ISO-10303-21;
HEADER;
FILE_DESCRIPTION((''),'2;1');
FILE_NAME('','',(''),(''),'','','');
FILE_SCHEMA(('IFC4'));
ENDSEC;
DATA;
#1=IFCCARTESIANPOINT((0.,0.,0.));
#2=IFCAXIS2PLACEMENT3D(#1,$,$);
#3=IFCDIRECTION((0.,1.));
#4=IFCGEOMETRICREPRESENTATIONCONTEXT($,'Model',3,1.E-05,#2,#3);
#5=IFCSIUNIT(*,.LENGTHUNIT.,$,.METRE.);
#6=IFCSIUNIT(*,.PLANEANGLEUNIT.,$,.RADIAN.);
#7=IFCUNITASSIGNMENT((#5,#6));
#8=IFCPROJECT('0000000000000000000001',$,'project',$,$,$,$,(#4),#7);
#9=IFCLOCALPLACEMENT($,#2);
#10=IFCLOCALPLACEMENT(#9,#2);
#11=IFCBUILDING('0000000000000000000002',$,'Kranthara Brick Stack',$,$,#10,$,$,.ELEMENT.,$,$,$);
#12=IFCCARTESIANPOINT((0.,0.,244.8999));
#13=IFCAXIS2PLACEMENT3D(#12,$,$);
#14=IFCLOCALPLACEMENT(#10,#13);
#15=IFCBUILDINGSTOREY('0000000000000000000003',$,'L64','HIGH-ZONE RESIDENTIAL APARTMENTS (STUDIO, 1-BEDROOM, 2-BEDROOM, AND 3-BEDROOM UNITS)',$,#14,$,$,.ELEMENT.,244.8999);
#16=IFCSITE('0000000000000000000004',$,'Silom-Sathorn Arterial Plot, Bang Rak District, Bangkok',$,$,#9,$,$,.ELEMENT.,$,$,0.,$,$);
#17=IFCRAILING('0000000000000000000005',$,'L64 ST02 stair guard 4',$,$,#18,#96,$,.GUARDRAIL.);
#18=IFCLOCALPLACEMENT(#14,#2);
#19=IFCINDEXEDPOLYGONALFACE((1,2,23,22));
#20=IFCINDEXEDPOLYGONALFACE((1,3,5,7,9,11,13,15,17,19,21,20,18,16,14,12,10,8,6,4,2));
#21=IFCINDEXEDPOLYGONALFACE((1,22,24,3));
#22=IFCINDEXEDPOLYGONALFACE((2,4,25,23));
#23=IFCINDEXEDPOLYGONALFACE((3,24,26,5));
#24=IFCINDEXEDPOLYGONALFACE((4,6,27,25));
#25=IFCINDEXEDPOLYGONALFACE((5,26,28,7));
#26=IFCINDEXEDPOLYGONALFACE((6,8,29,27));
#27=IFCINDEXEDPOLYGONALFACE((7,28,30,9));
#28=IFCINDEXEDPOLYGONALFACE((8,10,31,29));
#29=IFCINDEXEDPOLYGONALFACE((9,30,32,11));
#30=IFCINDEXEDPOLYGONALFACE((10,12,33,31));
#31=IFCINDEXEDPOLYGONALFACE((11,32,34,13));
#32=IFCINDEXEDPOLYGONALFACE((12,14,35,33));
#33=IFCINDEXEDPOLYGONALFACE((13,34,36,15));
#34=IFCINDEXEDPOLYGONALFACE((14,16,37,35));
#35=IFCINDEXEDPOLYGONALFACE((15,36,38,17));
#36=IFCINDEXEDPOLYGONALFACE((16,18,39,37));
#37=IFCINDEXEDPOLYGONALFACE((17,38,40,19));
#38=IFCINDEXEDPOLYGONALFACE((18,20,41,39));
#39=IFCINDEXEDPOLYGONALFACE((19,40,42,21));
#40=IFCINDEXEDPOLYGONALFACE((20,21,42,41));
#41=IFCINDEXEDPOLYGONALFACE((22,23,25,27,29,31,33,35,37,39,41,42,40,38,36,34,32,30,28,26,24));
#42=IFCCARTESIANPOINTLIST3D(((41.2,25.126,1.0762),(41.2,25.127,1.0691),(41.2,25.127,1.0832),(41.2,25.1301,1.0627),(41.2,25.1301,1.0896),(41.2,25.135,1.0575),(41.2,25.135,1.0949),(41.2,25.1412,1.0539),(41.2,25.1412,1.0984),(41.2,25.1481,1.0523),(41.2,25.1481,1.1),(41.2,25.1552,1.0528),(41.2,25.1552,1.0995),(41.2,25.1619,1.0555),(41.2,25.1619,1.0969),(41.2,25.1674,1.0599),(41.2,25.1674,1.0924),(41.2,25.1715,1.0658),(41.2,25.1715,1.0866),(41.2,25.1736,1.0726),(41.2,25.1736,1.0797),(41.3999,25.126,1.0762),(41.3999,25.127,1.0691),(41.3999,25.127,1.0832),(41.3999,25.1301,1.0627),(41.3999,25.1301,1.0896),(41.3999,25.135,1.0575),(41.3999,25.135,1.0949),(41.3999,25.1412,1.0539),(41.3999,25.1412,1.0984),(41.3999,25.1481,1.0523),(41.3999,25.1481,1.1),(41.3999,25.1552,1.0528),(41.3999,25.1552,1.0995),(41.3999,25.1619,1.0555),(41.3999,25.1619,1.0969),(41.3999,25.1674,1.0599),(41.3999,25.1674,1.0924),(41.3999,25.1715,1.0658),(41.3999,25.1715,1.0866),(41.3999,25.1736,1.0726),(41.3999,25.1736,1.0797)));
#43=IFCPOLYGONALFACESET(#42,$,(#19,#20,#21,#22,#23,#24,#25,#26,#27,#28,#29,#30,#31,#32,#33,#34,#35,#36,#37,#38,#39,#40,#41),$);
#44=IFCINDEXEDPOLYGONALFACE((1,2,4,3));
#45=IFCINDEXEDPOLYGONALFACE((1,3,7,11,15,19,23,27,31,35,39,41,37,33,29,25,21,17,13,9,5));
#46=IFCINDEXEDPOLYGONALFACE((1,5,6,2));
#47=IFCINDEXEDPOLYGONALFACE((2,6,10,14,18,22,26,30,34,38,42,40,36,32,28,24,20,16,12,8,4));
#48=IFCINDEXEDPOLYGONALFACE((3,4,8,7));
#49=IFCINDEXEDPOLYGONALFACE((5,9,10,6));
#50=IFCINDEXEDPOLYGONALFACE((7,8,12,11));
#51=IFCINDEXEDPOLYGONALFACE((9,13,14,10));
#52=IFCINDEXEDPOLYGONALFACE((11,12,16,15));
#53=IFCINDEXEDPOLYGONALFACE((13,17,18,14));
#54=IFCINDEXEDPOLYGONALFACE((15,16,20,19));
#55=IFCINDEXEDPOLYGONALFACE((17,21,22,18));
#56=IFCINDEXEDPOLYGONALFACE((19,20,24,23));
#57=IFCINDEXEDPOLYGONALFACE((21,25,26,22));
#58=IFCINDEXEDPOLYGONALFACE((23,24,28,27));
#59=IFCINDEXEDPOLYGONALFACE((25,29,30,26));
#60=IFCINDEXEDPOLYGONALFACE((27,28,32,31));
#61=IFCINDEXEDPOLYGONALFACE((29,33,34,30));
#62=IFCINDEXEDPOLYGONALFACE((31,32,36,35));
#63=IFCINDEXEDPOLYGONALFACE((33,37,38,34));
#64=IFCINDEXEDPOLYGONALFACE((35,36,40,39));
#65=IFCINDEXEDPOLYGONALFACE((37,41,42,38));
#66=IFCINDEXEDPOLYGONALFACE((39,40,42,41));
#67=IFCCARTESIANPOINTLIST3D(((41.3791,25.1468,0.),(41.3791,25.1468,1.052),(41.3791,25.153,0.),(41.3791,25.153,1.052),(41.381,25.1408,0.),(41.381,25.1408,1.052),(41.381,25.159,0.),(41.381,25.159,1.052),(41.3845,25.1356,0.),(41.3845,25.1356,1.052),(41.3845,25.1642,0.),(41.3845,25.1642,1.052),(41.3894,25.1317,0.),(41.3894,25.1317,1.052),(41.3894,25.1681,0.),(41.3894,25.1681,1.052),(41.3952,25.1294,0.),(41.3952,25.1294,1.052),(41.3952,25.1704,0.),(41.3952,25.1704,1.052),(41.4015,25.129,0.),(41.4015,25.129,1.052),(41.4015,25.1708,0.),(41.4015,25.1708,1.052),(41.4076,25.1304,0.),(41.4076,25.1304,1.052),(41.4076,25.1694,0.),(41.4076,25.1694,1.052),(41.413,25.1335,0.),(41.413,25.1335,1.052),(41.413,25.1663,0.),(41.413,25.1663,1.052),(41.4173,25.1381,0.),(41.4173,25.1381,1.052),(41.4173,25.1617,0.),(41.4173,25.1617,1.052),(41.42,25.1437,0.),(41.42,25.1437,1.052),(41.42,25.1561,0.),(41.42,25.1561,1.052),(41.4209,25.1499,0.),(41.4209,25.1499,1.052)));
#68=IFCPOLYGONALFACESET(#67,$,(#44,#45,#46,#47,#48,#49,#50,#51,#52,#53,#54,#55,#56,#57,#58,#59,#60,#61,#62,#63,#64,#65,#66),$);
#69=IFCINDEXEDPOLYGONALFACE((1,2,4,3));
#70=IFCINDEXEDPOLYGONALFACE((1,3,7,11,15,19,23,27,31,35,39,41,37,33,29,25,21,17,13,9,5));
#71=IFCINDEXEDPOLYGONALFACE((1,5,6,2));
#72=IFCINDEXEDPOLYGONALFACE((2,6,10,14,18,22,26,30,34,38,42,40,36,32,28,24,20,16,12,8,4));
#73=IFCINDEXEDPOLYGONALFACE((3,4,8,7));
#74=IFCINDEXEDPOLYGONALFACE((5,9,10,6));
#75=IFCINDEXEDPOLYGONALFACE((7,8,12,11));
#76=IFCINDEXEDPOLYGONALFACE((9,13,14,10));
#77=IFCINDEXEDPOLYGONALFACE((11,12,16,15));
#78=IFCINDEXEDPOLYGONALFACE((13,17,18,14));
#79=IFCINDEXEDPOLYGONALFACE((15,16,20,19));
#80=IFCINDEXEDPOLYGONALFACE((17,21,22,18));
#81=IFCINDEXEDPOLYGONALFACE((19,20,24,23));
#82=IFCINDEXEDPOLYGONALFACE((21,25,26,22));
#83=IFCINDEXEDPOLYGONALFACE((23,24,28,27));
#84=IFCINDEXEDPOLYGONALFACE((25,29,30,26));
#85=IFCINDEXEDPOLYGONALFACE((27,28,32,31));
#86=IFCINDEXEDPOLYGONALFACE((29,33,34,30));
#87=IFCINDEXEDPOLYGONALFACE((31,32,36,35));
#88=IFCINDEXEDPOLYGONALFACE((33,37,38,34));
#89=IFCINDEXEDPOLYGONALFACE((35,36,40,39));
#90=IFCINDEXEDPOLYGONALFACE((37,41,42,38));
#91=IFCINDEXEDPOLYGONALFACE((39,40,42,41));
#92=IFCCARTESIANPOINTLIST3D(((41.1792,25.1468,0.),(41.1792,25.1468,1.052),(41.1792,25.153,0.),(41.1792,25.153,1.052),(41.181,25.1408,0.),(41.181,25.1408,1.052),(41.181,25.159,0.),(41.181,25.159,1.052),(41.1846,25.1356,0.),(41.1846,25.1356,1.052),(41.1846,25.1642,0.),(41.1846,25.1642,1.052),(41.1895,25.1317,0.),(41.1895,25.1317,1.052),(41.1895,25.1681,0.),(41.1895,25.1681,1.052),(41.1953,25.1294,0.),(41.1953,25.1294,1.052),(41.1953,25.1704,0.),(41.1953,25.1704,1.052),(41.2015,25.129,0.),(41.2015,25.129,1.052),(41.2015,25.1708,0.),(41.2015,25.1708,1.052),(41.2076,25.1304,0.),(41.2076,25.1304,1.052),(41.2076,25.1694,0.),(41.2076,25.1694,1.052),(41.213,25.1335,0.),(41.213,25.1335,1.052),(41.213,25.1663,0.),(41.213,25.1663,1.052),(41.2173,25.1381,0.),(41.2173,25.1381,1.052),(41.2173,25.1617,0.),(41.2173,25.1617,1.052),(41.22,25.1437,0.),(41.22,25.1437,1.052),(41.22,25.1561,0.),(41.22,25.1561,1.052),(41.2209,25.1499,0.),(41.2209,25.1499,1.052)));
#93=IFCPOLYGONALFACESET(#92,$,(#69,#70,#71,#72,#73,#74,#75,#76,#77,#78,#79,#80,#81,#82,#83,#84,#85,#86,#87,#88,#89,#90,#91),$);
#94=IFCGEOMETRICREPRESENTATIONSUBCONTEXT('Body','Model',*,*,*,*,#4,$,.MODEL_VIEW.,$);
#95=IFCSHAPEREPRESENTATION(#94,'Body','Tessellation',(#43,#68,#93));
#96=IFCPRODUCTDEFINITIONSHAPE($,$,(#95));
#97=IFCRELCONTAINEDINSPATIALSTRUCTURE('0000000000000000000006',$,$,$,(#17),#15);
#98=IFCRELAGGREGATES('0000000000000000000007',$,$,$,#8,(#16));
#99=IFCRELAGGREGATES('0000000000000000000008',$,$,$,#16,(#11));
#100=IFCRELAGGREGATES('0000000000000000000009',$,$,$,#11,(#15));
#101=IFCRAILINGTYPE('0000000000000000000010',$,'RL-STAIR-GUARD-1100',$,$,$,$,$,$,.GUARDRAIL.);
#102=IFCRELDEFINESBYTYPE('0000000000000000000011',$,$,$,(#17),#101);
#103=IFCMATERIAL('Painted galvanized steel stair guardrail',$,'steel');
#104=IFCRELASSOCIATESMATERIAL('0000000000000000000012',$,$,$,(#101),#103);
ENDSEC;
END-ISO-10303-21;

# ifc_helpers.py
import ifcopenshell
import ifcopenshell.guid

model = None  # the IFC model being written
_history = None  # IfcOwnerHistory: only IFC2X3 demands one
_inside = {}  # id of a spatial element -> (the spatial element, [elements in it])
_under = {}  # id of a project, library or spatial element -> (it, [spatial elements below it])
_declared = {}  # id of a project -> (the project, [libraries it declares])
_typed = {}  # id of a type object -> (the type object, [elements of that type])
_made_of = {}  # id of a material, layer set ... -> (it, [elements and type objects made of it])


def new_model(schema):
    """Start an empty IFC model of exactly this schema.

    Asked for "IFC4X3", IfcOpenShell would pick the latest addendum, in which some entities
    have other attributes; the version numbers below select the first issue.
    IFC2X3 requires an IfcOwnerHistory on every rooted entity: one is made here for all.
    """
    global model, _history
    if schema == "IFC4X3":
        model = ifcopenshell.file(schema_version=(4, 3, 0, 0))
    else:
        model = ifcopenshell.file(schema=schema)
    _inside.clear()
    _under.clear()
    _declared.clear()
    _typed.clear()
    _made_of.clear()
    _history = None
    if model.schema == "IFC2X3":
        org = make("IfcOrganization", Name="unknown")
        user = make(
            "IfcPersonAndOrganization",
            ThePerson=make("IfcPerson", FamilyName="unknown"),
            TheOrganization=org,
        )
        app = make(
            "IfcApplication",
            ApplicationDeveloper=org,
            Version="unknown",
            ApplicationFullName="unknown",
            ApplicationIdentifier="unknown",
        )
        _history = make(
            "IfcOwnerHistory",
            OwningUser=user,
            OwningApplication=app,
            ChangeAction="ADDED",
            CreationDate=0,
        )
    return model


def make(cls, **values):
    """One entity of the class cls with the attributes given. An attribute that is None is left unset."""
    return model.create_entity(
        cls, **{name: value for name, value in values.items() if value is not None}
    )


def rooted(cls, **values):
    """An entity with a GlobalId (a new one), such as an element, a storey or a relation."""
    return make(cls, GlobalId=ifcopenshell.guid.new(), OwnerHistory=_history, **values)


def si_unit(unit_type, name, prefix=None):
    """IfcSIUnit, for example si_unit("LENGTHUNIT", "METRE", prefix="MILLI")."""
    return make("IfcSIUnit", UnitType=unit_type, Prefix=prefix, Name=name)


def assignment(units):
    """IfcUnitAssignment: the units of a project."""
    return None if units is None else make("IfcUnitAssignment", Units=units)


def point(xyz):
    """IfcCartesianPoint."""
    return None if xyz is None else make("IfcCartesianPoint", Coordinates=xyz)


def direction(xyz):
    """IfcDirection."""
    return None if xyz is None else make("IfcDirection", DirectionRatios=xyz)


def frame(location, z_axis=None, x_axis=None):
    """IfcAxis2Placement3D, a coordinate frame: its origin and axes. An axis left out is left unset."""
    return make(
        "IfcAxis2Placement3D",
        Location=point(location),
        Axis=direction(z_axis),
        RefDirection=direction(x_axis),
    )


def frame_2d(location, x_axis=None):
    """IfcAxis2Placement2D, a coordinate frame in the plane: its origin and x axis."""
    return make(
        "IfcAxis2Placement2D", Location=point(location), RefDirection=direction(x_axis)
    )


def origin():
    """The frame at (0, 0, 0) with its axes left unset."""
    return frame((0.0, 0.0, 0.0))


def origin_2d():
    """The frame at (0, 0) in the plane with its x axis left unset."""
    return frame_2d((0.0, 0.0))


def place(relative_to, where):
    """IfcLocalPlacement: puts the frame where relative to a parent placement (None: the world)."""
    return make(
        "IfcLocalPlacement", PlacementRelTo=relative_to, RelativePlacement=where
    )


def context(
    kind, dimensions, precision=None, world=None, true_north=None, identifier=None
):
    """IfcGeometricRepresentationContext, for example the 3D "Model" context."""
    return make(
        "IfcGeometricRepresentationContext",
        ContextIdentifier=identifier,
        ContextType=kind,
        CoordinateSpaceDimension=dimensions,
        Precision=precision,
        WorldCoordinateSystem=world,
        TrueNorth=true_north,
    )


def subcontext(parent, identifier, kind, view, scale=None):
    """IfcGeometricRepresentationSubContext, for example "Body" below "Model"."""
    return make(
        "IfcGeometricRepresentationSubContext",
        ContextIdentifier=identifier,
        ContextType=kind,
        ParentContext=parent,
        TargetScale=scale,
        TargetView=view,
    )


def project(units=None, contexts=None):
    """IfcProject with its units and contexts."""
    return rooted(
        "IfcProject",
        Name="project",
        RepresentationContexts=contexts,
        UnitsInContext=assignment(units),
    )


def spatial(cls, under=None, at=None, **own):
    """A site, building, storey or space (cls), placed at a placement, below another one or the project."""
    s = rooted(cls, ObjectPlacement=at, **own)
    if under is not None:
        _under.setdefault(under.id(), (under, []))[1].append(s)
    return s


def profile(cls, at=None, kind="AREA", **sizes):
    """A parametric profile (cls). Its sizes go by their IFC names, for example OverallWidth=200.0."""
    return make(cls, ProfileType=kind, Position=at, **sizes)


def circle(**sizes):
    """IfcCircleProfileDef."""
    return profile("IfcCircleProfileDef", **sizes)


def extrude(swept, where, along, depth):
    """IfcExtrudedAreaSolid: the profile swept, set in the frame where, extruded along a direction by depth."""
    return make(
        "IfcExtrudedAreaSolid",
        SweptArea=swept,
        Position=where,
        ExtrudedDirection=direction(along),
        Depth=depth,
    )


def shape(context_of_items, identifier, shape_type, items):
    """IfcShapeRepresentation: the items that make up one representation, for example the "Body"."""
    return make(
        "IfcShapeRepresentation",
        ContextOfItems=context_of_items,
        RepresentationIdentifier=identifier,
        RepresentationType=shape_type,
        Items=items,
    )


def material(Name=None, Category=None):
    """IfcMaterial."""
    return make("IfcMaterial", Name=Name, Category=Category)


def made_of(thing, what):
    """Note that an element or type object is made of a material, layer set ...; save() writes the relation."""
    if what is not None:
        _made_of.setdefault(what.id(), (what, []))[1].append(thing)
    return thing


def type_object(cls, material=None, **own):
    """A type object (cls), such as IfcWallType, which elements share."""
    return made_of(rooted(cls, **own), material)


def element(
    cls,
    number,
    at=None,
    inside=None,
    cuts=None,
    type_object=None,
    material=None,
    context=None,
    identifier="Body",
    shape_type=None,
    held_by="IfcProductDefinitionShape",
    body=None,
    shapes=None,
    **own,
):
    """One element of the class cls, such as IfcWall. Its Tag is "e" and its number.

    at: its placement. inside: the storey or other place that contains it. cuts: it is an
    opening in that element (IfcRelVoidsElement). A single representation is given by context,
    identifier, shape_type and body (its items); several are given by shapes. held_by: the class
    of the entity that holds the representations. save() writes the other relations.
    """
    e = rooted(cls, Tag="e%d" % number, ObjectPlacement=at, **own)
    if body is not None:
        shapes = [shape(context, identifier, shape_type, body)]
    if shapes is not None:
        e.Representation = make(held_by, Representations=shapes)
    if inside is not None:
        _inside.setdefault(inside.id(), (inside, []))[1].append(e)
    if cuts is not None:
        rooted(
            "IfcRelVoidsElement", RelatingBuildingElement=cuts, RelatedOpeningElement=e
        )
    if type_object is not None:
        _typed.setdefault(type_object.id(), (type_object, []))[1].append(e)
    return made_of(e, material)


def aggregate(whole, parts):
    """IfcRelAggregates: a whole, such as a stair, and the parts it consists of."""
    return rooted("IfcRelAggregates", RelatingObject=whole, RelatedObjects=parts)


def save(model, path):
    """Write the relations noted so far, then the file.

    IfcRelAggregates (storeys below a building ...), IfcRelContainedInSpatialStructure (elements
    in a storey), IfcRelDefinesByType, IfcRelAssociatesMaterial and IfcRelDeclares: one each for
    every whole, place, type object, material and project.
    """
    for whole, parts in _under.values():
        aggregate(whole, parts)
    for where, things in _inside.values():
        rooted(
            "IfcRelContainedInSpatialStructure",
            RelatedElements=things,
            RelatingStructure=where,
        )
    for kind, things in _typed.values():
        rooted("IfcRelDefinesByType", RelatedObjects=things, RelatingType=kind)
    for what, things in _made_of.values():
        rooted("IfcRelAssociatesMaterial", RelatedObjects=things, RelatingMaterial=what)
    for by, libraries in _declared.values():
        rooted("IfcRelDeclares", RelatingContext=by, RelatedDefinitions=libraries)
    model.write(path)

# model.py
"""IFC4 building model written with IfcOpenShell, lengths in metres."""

from ifc_helpers import new_model, si_unit, direction, frame, origin, origin_2d, place, context, subcontext, project, spatial, circle, extrude, material, type_object, element, save


model = new_model("IFC4")

# Units and contexts
model_context = context("Model", 3, precision=1e-05, world=origin(), true_north=direction((0.0, 1.0)))
body_context = subcontext(model_context, "Body", "Model", "MODEL_VIEW")
ifc_project = project(units=[si_unit("LENGTHUNIT", "METRE"), si_unit("PLANEANGLEUNIT", "RADIAN")], contexts=[model_context])

# Site, building, storey
site_placement = place(None, origin())
site = spatial("IfcSite", under=ifc_project, at=site_placement, Name="Silom-Sathorn Arterial Plot, Bang Rak District, Bangkok", CompositionType="ELEMENT", RefElevation=0.0)
building_placement = place(site_placement, origin())
building = spatial("IfcBuilding", under=site, at=building_placement, Name="Kranthara Brick Stack", CompositionType="ELEMENT")
storey_placement = place(building_placement, frame((0.0, 0.0, 244.8999)))
storey = spatial("IfcBuildingStorey", under=building, at=storey_placement, Name="L64", Description="HIGH-ZONE RESIDENTIAL APARTMENTS (STUDIO, 1-BEDROOM, 2-BEDROOM, AND 3-BEDROOM UNITS)", CompositionType="ELEMENT", Elevation=244.8999)

# Railing
ifc_material_1 = material(Name="Painted galvanized steel stair guardrail", Category="steel")
railing_type_1 = type_object("IfcRailingType", Name="RL-STAIR-GUARD-1100", PredefinedType="GUARDRAIL", material=ifc_material_1)
railing_1_placement = place(storey_placement, frame((41.3999, 25.1499, 0.0)))
element("IfcRailing", 1, at=railing_1_placement, inside=storey, type_object=railing_type_1, Name="L64 ST02 stair guard 4", PredefinedType="GUARDRAIL", context=body_context, shape_type="SweptSolid", body=[
    extrude(circle(Radius=0.0239, at=origin_2d()), frame((0.0, 0.0, 1.0762), z_axis=(-1.0, 0.0, 0.0), x_axis=(0.0, -1.0, 0.0)), (0.0, 0.0, 1.0), 0.2),
    extrude(circle(Radius=0.021, at=origin_2d()), origin(), (0.0, 0.0, 1.0), 1.052),
    extrude(circle(Radius=0.021, at=origin_2d()), frame((-0.2, 0.0, 0.0)), (0.0, 0.0, 1.0), 1.052),
])

save(model, "model.ifc")
